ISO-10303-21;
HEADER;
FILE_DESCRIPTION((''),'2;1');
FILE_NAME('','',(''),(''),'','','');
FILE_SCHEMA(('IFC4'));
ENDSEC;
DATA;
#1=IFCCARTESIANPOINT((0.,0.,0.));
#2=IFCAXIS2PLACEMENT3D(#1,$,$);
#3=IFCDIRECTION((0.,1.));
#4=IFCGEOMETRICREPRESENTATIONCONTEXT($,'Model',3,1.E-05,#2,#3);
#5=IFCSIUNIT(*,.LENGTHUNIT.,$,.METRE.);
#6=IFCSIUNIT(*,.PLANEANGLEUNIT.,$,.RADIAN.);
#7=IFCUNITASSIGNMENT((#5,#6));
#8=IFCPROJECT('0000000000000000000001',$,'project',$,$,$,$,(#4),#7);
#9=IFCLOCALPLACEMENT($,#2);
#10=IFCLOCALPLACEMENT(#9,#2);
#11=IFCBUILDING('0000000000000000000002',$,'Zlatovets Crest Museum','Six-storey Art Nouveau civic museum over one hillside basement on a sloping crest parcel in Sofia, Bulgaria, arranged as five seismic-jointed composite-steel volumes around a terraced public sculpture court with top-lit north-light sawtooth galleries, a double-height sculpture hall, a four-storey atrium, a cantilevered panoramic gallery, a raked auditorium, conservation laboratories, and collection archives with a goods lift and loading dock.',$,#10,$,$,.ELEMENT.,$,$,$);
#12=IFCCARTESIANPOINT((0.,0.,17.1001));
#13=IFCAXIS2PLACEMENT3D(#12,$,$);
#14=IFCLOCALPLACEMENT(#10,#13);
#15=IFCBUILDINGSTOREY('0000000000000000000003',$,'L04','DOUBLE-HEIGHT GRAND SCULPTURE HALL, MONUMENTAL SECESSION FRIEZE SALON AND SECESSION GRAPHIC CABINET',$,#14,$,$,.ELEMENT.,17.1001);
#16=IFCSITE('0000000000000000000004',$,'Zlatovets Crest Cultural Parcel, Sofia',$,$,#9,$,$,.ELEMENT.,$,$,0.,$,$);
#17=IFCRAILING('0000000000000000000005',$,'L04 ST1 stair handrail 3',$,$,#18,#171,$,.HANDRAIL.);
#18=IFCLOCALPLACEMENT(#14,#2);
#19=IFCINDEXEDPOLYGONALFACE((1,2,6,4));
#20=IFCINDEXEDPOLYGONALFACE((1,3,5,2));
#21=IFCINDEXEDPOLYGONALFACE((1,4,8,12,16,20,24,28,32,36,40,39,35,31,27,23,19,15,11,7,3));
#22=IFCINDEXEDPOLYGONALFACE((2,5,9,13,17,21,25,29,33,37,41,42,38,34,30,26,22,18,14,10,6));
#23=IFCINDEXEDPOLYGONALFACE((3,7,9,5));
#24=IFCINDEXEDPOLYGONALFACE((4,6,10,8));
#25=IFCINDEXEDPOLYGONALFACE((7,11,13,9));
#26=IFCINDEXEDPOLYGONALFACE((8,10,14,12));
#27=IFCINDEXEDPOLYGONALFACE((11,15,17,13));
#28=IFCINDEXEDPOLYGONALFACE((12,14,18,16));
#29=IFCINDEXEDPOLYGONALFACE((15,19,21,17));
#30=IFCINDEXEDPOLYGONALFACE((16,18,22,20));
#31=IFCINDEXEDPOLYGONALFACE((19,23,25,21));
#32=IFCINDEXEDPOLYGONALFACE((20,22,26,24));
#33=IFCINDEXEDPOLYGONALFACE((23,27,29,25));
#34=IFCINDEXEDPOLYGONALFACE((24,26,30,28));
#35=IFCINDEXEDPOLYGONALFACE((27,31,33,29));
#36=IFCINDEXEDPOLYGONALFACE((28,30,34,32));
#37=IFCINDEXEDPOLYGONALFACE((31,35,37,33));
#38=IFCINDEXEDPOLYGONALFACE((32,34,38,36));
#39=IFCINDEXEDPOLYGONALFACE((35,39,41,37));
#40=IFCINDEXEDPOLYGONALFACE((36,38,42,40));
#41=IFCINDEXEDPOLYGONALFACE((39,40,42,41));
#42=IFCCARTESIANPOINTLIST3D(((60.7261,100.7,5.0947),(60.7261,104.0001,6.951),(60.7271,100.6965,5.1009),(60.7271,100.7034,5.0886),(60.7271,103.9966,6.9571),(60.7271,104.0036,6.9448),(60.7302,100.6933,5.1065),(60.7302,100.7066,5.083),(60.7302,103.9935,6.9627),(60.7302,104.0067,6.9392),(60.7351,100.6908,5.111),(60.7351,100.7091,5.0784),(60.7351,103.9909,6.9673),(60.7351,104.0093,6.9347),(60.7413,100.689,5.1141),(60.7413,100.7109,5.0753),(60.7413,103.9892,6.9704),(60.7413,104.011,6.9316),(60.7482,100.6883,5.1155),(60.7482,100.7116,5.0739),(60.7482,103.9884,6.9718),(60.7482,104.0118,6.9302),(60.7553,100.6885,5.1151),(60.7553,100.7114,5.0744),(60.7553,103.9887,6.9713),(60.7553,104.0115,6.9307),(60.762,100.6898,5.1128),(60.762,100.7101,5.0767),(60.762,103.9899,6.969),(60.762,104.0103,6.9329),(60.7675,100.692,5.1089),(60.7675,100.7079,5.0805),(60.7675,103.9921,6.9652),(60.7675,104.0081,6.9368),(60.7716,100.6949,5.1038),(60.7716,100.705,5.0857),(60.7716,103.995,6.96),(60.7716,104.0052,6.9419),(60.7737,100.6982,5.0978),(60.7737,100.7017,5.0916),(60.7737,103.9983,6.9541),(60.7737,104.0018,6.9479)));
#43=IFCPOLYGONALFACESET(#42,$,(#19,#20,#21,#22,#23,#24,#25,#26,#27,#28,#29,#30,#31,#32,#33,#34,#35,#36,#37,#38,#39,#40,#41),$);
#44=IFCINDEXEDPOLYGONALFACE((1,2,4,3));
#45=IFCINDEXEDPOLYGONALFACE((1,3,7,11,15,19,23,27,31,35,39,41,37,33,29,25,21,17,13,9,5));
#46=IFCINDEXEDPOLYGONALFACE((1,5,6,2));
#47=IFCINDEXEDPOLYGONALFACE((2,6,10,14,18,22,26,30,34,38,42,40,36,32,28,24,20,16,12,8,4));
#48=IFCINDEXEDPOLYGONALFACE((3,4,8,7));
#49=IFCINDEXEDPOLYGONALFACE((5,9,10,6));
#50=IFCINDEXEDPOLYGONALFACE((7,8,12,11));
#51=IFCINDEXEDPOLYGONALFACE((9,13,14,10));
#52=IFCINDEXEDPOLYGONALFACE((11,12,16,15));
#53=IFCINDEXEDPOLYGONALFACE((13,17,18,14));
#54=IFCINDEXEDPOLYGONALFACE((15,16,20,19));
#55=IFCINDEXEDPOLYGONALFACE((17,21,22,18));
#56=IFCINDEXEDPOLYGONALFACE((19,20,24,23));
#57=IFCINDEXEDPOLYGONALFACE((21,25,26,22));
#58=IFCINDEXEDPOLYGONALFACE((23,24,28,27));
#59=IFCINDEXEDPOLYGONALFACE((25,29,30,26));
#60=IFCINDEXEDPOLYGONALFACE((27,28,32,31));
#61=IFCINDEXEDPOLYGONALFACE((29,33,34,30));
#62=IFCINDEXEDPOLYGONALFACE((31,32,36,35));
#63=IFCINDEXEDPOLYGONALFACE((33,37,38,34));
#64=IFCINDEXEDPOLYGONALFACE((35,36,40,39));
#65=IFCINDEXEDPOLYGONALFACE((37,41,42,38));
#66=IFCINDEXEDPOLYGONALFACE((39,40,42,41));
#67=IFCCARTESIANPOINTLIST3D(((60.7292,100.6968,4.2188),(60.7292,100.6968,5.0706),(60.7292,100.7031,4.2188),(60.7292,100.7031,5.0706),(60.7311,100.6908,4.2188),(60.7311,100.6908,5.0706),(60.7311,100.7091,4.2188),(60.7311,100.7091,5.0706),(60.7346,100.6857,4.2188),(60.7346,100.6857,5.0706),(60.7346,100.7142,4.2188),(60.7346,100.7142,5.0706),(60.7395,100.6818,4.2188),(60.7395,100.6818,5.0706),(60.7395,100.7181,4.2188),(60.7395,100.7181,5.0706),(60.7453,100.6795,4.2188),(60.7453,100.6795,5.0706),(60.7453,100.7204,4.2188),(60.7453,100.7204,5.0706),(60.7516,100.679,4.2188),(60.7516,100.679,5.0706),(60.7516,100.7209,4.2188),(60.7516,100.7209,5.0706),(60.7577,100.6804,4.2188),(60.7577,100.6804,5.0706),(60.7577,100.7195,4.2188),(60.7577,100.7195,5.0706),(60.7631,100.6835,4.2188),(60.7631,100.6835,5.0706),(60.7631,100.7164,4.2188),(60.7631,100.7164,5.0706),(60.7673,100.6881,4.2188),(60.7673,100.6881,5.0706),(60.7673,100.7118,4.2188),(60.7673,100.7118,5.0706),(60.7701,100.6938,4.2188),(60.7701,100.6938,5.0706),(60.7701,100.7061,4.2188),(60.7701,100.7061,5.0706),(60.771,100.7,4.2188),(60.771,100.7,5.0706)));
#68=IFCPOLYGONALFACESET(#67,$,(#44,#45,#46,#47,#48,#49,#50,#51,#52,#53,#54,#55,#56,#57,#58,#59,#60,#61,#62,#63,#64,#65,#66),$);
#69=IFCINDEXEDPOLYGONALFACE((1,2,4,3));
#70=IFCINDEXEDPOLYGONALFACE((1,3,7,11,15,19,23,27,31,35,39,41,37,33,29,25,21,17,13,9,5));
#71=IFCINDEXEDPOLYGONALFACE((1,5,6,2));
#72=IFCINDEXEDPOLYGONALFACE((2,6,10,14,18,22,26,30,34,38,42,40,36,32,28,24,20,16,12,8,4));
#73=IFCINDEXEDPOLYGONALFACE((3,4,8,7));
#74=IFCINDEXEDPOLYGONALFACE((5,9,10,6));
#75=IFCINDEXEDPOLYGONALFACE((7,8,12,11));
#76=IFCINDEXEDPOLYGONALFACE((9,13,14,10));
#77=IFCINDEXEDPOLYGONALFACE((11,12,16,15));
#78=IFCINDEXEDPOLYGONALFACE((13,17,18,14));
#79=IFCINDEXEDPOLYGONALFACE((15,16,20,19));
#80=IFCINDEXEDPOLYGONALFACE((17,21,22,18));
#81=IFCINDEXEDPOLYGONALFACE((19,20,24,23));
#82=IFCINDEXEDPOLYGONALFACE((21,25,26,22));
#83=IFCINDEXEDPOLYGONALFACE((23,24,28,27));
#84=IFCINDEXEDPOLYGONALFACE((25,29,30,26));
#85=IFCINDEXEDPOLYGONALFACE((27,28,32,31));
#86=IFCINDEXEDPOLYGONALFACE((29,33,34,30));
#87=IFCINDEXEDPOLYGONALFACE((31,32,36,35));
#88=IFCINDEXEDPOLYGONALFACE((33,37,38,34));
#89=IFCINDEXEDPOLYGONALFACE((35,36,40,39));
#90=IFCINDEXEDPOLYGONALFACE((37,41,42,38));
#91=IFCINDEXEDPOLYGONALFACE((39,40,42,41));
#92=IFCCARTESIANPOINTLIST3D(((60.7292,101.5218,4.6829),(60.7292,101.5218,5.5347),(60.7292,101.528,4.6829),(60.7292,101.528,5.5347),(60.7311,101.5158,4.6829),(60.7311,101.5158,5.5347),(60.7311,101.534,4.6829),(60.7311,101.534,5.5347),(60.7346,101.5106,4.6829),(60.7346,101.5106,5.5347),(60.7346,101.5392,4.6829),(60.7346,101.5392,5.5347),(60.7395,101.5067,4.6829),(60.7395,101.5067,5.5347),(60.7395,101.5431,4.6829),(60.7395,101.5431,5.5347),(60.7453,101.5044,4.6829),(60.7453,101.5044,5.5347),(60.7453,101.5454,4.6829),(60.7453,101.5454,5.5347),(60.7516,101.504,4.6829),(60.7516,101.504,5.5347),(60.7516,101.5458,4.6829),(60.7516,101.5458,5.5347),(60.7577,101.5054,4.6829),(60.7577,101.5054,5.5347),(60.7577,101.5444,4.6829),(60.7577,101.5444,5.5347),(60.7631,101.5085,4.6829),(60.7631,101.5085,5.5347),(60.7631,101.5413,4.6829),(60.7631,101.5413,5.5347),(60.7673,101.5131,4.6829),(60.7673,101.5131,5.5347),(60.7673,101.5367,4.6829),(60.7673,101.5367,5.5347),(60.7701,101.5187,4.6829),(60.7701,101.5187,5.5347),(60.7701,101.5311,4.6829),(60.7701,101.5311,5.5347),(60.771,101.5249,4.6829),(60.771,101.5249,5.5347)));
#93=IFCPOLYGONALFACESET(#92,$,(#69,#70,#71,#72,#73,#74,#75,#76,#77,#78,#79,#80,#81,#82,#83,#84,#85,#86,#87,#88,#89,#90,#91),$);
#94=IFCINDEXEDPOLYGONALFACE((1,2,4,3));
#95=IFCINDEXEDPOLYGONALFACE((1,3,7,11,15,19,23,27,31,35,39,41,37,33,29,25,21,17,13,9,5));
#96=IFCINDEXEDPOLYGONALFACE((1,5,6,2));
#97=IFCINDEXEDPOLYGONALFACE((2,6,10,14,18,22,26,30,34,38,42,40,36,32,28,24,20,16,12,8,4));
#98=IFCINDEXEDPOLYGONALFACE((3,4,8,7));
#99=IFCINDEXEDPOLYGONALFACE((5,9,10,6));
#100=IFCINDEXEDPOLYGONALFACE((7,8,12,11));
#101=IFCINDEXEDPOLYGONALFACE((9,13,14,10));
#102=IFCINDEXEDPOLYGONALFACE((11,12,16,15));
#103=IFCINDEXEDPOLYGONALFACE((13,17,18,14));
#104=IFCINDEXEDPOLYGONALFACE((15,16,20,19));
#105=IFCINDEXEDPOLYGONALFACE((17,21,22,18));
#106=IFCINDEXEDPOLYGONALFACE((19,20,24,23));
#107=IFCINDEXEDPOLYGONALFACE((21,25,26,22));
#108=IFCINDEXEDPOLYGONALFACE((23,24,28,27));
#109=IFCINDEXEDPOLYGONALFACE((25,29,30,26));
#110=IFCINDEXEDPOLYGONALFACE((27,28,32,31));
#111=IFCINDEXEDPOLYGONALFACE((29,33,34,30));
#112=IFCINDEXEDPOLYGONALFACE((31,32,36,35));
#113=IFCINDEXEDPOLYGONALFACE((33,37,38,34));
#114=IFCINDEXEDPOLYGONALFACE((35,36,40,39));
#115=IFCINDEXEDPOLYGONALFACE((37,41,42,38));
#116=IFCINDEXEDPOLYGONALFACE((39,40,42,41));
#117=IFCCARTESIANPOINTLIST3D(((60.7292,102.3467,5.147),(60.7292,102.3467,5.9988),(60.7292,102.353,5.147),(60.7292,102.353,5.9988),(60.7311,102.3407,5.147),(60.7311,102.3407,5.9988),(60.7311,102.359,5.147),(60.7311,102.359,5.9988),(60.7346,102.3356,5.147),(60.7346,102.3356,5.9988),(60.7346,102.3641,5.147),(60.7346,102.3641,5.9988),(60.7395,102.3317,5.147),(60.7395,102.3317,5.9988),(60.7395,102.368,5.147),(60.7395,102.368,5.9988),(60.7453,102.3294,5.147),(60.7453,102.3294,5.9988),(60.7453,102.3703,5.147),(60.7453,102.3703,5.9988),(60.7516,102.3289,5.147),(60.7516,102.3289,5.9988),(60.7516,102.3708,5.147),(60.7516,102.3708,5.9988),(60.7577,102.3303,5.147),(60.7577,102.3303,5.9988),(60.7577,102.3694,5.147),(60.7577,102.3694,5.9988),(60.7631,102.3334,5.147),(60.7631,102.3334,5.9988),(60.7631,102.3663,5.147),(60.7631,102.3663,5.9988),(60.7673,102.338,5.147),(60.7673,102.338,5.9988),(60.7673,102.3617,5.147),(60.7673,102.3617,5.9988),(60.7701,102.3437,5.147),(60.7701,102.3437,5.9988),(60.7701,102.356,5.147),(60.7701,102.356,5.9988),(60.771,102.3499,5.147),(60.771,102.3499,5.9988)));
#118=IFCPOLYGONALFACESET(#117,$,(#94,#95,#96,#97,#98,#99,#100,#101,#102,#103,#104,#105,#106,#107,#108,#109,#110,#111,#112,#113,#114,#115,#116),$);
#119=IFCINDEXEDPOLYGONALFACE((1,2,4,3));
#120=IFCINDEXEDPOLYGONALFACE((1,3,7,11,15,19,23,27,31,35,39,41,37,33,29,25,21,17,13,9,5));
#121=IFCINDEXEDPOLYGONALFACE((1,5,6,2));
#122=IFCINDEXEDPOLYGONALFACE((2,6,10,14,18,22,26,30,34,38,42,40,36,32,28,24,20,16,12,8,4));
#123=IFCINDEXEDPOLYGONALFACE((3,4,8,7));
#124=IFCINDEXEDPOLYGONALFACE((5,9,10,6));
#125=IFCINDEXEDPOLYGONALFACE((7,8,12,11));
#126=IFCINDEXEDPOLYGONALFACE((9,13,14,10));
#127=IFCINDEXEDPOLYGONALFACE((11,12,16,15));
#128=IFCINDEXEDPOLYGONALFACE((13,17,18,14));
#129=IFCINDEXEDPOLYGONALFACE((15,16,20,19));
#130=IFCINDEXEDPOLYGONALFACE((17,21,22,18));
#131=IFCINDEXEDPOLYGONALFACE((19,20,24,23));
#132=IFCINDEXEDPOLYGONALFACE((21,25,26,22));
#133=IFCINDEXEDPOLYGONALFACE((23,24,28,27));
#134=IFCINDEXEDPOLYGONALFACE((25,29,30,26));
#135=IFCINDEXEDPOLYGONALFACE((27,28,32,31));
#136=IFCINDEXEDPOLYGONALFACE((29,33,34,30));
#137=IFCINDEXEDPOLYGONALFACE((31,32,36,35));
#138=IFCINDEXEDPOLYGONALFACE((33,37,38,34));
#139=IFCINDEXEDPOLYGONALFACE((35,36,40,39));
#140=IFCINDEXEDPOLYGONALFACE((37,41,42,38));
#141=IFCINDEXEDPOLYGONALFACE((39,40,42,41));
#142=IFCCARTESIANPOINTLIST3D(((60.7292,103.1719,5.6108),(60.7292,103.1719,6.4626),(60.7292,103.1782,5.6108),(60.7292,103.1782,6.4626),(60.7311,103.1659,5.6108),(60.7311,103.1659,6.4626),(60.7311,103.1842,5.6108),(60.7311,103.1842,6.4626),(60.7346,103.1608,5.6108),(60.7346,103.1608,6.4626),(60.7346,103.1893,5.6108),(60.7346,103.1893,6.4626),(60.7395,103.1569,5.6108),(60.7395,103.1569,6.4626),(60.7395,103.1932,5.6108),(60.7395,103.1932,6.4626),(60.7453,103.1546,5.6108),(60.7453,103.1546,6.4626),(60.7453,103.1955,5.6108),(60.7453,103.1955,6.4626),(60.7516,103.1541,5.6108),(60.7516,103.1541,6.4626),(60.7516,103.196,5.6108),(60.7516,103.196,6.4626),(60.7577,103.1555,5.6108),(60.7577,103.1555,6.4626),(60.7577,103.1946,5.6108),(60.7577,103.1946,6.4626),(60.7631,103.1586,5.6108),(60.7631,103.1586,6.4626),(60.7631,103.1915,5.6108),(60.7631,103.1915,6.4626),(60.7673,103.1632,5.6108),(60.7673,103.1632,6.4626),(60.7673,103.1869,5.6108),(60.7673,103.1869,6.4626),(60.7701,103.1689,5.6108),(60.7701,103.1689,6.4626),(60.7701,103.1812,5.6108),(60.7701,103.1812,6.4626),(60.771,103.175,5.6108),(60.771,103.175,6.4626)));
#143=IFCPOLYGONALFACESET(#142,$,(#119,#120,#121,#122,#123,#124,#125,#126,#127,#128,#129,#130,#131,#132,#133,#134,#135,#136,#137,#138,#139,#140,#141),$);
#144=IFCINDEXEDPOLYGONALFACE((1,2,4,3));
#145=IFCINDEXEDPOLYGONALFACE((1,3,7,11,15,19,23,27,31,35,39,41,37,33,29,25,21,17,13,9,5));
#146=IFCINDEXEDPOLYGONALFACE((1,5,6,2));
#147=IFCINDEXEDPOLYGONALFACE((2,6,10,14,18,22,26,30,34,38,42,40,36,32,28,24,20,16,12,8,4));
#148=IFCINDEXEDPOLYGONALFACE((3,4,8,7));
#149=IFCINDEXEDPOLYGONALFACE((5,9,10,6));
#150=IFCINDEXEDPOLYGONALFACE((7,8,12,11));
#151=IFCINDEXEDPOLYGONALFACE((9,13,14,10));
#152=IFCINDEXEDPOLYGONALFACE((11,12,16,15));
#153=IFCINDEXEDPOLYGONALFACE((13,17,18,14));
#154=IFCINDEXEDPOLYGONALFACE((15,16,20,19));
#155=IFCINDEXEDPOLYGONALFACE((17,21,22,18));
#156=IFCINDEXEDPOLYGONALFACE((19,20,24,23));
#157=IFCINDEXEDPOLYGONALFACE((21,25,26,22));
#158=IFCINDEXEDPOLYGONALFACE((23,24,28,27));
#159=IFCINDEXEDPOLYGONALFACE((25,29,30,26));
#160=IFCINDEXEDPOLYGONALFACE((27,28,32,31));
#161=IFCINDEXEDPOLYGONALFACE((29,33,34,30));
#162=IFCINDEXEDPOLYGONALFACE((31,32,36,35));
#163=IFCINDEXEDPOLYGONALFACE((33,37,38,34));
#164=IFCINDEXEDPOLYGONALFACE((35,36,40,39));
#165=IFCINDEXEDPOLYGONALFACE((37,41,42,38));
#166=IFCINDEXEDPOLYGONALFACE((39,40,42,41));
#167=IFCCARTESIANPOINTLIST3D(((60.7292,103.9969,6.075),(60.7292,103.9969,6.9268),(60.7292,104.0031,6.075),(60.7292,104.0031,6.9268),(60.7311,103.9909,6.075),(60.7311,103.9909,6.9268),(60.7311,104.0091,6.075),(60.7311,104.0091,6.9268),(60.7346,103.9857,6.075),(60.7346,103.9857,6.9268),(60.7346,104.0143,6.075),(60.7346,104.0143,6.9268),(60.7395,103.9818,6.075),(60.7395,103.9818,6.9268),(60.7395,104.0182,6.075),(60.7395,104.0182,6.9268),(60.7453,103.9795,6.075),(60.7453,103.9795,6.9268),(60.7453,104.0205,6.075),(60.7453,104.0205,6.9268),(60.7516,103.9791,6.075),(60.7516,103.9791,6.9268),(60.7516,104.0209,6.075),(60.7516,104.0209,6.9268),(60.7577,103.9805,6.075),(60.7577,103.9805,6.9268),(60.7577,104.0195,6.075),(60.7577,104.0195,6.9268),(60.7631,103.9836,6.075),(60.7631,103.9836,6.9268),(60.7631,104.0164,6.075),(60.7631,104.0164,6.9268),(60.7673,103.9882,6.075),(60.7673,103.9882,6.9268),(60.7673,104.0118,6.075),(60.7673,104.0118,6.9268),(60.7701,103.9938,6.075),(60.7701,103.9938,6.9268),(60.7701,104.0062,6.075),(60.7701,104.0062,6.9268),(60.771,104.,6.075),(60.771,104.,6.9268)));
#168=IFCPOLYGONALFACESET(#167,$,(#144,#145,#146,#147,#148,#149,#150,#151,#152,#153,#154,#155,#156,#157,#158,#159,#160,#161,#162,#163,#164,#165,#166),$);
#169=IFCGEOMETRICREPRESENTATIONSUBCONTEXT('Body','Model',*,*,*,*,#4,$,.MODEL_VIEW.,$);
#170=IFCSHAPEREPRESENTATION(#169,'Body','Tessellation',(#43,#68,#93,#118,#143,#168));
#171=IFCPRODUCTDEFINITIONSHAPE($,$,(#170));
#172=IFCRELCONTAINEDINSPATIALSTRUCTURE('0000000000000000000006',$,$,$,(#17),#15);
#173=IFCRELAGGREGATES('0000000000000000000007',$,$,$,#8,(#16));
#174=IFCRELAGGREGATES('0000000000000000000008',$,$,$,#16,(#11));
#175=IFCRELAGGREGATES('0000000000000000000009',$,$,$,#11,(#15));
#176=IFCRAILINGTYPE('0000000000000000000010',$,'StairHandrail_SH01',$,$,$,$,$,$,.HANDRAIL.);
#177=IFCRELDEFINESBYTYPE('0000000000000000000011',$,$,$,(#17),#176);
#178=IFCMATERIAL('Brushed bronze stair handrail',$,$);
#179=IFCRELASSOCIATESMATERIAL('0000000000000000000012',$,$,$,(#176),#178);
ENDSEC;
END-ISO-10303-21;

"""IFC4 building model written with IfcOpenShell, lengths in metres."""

from ifc_helpers import new_model, si_unit, direction, frame, origin, origin_2d, place, context, subcontext, project, spatial, circle, extrude, material, type_object, element, save


model = new_model("IFC4")

# Units and contexts
model_context = context("Model", 3, precision=1e-05, world=origin(), true_north=direction((0.0, 1.0)))
body_context = subcontext(model_context, "Body", "Model", "MODEL_VIEW")
ifc_project = project(units=[si_unit("LENGTHUNIT", "METRE"), si_unit("PLANEANGLEUNIT", "RADIAN")], contexts=[model_context])

# Site, building, storey
site_placement = place(None, origin())
site = spatial("IfcSite", under=ifc_project, at=site_placement, Name="Zlatovets Crest Cultural Parcel, Sofia", CompositionType="ELEMENT", RefElevation=0.0)
building_placement = place(site_placement, origin())
building = spatial("IfcBuilding", under=site, at=building_placement, Name="Zlatovets Crest Museum", Description="Six-storey Art Nouveau civic museum over one hillside basement on a sloping crest parcel in Sofia, Bulgaria, arranged as five seismic-jointed composite-steel volumes around a terraced public sculpture court with top-lit north-light sawtooth galleries, a double-height sculpture hall, a four-storey atrium, a cantilevered panoramic gallery, a raked auditorium, conservation laboratories, and collection archives with a goods lift and loading dock.", CompositionType="ELEMENT")
storey_placement = place(building_placement, frame((0.0, 0.0, 17.1001)))
storey = spatial("IfcBuildingStorey", under=building, at=storey_placement, Name="L04", Description="DOUBLE-HEIGHT GRAND SCULPTURE HALL, MONUMENTAL SECESSION FRIEZE SALON AND SECESSION GRAPHIC CABINET", CompositionType="ELEMENT", Elevation=17.1001)

# Railing
ifc_material_1 = material(Name="Brushed bronze stair handrail")
railing_type_1 = type_object("IfcRailingType", Name="StairHandrail_SH01", PredefinedType="HANDRAIL", material=ifc_material_1)
railing_1_placement = place(storey_placement, frame((60.75, 100.7, 4.2188)))
element("IfcRailing", 1, at=railing_1_placement, inside=storey, type_object=railing_type_1, Name="L04 ST1 stair handrail 3", PredefinedType="HANDRAIL", context=body_context, shape_type="SweptSolid", body=[
    extrude(circle(Radius=0.0239, at=origin_2d()), frame((0.0, 0.0, 0.876), z_axis=(0.0, 0.871584, 0.490246), x_axis=(-1.0, 0.0, 0.0)), (0.0, 0.0, 1.0), 3.7864),
    extrude(circle(Radius=0.021, at=origin_2d()), origin(), (0.0, 0.0, 1.0), 0.8518),
    extrude(circle(Radius=0.021, at=origin_2d()), frame((0.0, 0.825, 0.4641)), (0.0, 0.0, 1.0), 0.8518),
    extrude(circle(Radius=0.021, at=origin_2d()), frame((0.0, 1.6499, 0.9282)), (0.0, 0.0, 1.0), 0.8518),
    extrude(circle(Radius=0.021, at=origin_2d()), frame((0.0, 2.4751, 1.3921)), (0.0, 0.0, 1.0), 0.8518),
    extrude(circle(Radius=0.021, at=origin_2d()), frame((0.0, 3.3, 1.8562)), (0.0, 0.0, 1.0), 0.8518),
])

save(model, "model.ifc")
